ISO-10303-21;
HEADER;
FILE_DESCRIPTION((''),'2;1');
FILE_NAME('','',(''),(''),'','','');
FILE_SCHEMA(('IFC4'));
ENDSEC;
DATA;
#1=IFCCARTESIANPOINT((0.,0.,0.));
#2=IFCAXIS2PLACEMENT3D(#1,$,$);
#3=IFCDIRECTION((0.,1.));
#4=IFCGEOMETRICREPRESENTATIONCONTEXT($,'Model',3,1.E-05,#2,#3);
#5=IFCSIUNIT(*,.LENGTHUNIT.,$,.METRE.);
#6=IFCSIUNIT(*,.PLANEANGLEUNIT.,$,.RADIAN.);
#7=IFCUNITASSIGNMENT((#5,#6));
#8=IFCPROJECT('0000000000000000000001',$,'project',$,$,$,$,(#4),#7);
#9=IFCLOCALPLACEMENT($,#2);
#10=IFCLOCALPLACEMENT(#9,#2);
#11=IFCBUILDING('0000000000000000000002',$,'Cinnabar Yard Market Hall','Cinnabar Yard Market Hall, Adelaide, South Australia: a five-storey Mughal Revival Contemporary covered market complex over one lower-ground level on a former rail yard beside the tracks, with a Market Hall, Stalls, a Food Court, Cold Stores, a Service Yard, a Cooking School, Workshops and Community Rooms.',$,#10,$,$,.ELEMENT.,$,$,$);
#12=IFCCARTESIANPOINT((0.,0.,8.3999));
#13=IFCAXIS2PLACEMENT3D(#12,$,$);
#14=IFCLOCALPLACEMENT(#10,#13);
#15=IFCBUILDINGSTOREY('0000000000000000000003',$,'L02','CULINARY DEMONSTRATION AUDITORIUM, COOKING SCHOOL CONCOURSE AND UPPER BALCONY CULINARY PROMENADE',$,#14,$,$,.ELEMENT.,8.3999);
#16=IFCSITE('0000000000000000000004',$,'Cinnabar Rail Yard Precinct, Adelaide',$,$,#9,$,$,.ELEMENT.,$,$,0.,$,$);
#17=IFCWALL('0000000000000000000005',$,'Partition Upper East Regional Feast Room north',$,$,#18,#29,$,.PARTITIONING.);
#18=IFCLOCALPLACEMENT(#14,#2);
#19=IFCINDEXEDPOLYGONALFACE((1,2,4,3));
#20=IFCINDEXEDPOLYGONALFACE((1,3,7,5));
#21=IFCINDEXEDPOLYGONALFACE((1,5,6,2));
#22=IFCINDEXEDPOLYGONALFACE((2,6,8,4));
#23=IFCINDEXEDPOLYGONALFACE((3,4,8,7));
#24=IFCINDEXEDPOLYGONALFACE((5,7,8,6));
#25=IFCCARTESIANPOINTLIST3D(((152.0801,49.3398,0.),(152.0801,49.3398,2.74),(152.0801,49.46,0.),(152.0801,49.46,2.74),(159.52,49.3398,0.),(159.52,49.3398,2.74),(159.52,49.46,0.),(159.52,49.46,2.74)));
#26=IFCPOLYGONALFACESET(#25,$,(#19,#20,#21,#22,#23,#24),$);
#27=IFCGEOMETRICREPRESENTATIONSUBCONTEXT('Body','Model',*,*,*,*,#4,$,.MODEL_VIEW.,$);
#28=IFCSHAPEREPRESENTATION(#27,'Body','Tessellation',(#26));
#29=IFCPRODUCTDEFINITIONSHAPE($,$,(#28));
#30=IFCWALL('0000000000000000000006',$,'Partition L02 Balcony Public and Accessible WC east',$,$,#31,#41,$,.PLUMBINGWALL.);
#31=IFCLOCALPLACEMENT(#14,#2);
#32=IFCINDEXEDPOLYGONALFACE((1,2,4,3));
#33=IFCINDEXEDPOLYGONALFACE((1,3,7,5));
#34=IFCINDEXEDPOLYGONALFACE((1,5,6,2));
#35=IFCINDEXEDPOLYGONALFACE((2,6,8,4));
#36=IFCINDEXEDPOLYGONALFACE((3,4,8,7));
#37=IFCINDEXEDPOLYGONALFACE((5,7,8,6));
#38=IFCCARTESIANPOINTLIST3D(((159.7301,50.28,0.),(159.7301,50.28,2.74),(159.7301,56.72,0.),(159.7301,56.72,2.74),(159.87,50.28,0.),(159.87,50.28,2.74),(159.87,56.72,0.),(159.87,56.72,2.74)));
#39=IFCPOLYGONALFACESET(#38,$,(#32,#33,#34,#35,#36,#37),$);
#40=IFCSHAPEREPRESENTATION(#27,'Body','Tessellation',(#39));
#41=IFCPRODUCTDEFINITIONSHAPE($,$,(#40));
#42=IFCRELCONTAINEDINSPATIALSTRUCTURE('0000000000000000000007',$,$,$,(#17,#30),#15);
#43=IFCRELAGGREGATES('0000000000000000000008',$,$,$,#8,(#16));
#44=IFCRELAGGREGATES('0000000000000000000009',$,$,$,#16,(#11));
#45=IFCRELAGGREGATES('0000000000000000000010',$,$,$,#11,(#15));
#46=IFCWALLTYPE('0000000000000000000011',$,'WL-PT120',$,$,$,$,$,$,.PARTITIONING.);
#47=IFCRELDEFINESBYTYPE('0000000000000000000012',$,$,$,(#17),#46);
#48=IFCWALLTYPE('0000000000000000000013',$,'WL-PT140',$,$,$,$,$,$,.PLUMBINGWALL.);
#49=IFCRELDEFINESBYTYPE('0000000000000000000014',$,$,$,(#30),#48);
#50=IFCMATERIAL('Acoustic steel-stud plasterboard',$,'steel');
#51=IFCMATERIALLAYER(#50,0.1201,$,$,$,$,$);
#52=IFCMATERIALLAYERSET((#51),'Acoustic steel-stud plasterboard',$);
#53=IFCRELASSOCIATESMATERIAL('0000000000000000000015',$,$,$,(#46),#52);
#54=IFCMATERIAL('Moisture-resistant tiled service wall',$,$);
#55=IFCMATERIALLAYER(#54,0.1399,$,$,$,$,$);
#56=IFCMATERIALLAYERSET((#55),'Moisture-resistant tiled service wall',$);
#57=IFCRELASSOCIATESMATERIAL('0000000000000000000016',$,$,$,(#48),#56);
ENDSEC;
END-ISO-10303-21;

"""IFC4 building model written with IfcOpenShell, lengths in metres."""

from ifc_helpers import new_model, si_unit, direction, frame, frame_2d, origin, place, context, subcontext, project, spatial, rectangle, extrude, material, layer, layer_set, type_object, element, save


model = new_model("IFC4")

# Units and contexts
model_context = context("Model", 3, precision=1e-05, world=origin(), true_north=direction((0.0, 1.0)))
body_context = subcontext(model_context, "Body", "Model", "MODEL_VIEW")
ifc_project = project(units=[si_unit("LENGTHUNIT", "METRE"), si_unit("PLANEANGLEUNIT", "RADIAN")], contexts=[model_context])

# Site, building, storey
site_placement = place(None, origin())
site = spatial("IfcSite", under=ifc_project, at=site_placement, Name="Cinnabar Rail Yard Precinct, Adelaide", CompositionType="ELEMENT", RefElevation=0.0)
building_placement = place(site_placement, origin())
building = spatial("IfcBuilding", under=site, at=building_placement, Name="Cinnabar Yard Market Hall", Description="Cinnabar Yard Market Hall, Adelaide, South Australia: a five-storey Mughal Revival Contemporary covered market complex over one lower-ground level on a former rail yard beside the tracks, with a Market Hall, Stalls, a Food Court, Cold Stores, a Service Yard, a Cooking School, Workshops and Community Rooms.", CompositionType="ELEMENT")
storey_placement = place(building_placement, frame((0.0, 0.0, 8.3999)))
storey = spatial("IfcBuildingStorey", under=building, at=storey_placement, Name="L02", Description="CULINARY DEMONSTRATION AUDITORIUM, COOKING SCHOOL CONCOURSE AND UPPER BALCONY CULINARY PROMENADE", CompositionType="ELEMENT", Elevation=8.3999)

# Walls
ifc_material_1 = material(Name="Acoustic steel-stud plasterboard", Category="steel")
ifc_layer_1 = layer(ifc_material_1, 0.1201)
ifc_layer_set_1 = layer_set([ifc_layer_1], Name="Acoustic steel-stud plasterboard")
wall_type_1 = type_object("IfcWallType", Name="WL-PT120", PredefinedType="PARTITIONING", material=ifc_layer_set_1)
wall_1_placement = place(storey_placement, frame((159.52, 49.3999, 0.0), z_axis=(0.0, 0.0, 1.0), x_axis=(-1.0, 0.0, 0.0)))
element("IfcWall", 1, at=wall_1_placement, inside=storey, type_object=wall_type_1, Name="Partition Upper East Regional Feast Room north", PredefinedType="PARTITIONING", context=body_context, shape_type="SweptSolid", body=[
    extrude(rectangle(XDim=7.4399, YDim=0.1201, at=frame_2d((3.72, 0.0), x_axis=(1.0, 0.0))), origin(), (0.0, 0.0, 1.0), 2.74),
])
ifc_material_2 = material(Name="Moisture-resistant tiled service wall")
ifc_layer_2 = layer(ifc_material_2, 0.1399)
ifc_layer_set_2 = layer_set([ifc_layer_2], Name="Moisture-resistant tiled service wall")
wall_type_2 = type_object("IfcWallType", Name="WL-PT140", PredefinedType="PLUMBINGWALL", material=ifc_layer_set_2)
wall_2_placement = place(storey_placement, frame((159.8, 50.28, 0.0), z_axis=(0.0, 0.0, 1.0), x_axis=(0.0, 1.0, 0.0)))
element("IfcWall", 2, at=wall_2_placement, inside=storey, type_object=wall_type_2, Name="Partition L02 Balcony Public and Accessible WC east", PredefinedType="PLUMBINGWALL", context=body_context, shape_type="SweptSolid", body=[
    extrude(rectangle(XDim=6.4399, YDim=0.1399, at=frame_2d((3.22, 0.0), x_axis=(1.0, 0.0))), origin(), (0.0, 0.0, 1.0), 2.74),
])

save(model, "model.ifc")
